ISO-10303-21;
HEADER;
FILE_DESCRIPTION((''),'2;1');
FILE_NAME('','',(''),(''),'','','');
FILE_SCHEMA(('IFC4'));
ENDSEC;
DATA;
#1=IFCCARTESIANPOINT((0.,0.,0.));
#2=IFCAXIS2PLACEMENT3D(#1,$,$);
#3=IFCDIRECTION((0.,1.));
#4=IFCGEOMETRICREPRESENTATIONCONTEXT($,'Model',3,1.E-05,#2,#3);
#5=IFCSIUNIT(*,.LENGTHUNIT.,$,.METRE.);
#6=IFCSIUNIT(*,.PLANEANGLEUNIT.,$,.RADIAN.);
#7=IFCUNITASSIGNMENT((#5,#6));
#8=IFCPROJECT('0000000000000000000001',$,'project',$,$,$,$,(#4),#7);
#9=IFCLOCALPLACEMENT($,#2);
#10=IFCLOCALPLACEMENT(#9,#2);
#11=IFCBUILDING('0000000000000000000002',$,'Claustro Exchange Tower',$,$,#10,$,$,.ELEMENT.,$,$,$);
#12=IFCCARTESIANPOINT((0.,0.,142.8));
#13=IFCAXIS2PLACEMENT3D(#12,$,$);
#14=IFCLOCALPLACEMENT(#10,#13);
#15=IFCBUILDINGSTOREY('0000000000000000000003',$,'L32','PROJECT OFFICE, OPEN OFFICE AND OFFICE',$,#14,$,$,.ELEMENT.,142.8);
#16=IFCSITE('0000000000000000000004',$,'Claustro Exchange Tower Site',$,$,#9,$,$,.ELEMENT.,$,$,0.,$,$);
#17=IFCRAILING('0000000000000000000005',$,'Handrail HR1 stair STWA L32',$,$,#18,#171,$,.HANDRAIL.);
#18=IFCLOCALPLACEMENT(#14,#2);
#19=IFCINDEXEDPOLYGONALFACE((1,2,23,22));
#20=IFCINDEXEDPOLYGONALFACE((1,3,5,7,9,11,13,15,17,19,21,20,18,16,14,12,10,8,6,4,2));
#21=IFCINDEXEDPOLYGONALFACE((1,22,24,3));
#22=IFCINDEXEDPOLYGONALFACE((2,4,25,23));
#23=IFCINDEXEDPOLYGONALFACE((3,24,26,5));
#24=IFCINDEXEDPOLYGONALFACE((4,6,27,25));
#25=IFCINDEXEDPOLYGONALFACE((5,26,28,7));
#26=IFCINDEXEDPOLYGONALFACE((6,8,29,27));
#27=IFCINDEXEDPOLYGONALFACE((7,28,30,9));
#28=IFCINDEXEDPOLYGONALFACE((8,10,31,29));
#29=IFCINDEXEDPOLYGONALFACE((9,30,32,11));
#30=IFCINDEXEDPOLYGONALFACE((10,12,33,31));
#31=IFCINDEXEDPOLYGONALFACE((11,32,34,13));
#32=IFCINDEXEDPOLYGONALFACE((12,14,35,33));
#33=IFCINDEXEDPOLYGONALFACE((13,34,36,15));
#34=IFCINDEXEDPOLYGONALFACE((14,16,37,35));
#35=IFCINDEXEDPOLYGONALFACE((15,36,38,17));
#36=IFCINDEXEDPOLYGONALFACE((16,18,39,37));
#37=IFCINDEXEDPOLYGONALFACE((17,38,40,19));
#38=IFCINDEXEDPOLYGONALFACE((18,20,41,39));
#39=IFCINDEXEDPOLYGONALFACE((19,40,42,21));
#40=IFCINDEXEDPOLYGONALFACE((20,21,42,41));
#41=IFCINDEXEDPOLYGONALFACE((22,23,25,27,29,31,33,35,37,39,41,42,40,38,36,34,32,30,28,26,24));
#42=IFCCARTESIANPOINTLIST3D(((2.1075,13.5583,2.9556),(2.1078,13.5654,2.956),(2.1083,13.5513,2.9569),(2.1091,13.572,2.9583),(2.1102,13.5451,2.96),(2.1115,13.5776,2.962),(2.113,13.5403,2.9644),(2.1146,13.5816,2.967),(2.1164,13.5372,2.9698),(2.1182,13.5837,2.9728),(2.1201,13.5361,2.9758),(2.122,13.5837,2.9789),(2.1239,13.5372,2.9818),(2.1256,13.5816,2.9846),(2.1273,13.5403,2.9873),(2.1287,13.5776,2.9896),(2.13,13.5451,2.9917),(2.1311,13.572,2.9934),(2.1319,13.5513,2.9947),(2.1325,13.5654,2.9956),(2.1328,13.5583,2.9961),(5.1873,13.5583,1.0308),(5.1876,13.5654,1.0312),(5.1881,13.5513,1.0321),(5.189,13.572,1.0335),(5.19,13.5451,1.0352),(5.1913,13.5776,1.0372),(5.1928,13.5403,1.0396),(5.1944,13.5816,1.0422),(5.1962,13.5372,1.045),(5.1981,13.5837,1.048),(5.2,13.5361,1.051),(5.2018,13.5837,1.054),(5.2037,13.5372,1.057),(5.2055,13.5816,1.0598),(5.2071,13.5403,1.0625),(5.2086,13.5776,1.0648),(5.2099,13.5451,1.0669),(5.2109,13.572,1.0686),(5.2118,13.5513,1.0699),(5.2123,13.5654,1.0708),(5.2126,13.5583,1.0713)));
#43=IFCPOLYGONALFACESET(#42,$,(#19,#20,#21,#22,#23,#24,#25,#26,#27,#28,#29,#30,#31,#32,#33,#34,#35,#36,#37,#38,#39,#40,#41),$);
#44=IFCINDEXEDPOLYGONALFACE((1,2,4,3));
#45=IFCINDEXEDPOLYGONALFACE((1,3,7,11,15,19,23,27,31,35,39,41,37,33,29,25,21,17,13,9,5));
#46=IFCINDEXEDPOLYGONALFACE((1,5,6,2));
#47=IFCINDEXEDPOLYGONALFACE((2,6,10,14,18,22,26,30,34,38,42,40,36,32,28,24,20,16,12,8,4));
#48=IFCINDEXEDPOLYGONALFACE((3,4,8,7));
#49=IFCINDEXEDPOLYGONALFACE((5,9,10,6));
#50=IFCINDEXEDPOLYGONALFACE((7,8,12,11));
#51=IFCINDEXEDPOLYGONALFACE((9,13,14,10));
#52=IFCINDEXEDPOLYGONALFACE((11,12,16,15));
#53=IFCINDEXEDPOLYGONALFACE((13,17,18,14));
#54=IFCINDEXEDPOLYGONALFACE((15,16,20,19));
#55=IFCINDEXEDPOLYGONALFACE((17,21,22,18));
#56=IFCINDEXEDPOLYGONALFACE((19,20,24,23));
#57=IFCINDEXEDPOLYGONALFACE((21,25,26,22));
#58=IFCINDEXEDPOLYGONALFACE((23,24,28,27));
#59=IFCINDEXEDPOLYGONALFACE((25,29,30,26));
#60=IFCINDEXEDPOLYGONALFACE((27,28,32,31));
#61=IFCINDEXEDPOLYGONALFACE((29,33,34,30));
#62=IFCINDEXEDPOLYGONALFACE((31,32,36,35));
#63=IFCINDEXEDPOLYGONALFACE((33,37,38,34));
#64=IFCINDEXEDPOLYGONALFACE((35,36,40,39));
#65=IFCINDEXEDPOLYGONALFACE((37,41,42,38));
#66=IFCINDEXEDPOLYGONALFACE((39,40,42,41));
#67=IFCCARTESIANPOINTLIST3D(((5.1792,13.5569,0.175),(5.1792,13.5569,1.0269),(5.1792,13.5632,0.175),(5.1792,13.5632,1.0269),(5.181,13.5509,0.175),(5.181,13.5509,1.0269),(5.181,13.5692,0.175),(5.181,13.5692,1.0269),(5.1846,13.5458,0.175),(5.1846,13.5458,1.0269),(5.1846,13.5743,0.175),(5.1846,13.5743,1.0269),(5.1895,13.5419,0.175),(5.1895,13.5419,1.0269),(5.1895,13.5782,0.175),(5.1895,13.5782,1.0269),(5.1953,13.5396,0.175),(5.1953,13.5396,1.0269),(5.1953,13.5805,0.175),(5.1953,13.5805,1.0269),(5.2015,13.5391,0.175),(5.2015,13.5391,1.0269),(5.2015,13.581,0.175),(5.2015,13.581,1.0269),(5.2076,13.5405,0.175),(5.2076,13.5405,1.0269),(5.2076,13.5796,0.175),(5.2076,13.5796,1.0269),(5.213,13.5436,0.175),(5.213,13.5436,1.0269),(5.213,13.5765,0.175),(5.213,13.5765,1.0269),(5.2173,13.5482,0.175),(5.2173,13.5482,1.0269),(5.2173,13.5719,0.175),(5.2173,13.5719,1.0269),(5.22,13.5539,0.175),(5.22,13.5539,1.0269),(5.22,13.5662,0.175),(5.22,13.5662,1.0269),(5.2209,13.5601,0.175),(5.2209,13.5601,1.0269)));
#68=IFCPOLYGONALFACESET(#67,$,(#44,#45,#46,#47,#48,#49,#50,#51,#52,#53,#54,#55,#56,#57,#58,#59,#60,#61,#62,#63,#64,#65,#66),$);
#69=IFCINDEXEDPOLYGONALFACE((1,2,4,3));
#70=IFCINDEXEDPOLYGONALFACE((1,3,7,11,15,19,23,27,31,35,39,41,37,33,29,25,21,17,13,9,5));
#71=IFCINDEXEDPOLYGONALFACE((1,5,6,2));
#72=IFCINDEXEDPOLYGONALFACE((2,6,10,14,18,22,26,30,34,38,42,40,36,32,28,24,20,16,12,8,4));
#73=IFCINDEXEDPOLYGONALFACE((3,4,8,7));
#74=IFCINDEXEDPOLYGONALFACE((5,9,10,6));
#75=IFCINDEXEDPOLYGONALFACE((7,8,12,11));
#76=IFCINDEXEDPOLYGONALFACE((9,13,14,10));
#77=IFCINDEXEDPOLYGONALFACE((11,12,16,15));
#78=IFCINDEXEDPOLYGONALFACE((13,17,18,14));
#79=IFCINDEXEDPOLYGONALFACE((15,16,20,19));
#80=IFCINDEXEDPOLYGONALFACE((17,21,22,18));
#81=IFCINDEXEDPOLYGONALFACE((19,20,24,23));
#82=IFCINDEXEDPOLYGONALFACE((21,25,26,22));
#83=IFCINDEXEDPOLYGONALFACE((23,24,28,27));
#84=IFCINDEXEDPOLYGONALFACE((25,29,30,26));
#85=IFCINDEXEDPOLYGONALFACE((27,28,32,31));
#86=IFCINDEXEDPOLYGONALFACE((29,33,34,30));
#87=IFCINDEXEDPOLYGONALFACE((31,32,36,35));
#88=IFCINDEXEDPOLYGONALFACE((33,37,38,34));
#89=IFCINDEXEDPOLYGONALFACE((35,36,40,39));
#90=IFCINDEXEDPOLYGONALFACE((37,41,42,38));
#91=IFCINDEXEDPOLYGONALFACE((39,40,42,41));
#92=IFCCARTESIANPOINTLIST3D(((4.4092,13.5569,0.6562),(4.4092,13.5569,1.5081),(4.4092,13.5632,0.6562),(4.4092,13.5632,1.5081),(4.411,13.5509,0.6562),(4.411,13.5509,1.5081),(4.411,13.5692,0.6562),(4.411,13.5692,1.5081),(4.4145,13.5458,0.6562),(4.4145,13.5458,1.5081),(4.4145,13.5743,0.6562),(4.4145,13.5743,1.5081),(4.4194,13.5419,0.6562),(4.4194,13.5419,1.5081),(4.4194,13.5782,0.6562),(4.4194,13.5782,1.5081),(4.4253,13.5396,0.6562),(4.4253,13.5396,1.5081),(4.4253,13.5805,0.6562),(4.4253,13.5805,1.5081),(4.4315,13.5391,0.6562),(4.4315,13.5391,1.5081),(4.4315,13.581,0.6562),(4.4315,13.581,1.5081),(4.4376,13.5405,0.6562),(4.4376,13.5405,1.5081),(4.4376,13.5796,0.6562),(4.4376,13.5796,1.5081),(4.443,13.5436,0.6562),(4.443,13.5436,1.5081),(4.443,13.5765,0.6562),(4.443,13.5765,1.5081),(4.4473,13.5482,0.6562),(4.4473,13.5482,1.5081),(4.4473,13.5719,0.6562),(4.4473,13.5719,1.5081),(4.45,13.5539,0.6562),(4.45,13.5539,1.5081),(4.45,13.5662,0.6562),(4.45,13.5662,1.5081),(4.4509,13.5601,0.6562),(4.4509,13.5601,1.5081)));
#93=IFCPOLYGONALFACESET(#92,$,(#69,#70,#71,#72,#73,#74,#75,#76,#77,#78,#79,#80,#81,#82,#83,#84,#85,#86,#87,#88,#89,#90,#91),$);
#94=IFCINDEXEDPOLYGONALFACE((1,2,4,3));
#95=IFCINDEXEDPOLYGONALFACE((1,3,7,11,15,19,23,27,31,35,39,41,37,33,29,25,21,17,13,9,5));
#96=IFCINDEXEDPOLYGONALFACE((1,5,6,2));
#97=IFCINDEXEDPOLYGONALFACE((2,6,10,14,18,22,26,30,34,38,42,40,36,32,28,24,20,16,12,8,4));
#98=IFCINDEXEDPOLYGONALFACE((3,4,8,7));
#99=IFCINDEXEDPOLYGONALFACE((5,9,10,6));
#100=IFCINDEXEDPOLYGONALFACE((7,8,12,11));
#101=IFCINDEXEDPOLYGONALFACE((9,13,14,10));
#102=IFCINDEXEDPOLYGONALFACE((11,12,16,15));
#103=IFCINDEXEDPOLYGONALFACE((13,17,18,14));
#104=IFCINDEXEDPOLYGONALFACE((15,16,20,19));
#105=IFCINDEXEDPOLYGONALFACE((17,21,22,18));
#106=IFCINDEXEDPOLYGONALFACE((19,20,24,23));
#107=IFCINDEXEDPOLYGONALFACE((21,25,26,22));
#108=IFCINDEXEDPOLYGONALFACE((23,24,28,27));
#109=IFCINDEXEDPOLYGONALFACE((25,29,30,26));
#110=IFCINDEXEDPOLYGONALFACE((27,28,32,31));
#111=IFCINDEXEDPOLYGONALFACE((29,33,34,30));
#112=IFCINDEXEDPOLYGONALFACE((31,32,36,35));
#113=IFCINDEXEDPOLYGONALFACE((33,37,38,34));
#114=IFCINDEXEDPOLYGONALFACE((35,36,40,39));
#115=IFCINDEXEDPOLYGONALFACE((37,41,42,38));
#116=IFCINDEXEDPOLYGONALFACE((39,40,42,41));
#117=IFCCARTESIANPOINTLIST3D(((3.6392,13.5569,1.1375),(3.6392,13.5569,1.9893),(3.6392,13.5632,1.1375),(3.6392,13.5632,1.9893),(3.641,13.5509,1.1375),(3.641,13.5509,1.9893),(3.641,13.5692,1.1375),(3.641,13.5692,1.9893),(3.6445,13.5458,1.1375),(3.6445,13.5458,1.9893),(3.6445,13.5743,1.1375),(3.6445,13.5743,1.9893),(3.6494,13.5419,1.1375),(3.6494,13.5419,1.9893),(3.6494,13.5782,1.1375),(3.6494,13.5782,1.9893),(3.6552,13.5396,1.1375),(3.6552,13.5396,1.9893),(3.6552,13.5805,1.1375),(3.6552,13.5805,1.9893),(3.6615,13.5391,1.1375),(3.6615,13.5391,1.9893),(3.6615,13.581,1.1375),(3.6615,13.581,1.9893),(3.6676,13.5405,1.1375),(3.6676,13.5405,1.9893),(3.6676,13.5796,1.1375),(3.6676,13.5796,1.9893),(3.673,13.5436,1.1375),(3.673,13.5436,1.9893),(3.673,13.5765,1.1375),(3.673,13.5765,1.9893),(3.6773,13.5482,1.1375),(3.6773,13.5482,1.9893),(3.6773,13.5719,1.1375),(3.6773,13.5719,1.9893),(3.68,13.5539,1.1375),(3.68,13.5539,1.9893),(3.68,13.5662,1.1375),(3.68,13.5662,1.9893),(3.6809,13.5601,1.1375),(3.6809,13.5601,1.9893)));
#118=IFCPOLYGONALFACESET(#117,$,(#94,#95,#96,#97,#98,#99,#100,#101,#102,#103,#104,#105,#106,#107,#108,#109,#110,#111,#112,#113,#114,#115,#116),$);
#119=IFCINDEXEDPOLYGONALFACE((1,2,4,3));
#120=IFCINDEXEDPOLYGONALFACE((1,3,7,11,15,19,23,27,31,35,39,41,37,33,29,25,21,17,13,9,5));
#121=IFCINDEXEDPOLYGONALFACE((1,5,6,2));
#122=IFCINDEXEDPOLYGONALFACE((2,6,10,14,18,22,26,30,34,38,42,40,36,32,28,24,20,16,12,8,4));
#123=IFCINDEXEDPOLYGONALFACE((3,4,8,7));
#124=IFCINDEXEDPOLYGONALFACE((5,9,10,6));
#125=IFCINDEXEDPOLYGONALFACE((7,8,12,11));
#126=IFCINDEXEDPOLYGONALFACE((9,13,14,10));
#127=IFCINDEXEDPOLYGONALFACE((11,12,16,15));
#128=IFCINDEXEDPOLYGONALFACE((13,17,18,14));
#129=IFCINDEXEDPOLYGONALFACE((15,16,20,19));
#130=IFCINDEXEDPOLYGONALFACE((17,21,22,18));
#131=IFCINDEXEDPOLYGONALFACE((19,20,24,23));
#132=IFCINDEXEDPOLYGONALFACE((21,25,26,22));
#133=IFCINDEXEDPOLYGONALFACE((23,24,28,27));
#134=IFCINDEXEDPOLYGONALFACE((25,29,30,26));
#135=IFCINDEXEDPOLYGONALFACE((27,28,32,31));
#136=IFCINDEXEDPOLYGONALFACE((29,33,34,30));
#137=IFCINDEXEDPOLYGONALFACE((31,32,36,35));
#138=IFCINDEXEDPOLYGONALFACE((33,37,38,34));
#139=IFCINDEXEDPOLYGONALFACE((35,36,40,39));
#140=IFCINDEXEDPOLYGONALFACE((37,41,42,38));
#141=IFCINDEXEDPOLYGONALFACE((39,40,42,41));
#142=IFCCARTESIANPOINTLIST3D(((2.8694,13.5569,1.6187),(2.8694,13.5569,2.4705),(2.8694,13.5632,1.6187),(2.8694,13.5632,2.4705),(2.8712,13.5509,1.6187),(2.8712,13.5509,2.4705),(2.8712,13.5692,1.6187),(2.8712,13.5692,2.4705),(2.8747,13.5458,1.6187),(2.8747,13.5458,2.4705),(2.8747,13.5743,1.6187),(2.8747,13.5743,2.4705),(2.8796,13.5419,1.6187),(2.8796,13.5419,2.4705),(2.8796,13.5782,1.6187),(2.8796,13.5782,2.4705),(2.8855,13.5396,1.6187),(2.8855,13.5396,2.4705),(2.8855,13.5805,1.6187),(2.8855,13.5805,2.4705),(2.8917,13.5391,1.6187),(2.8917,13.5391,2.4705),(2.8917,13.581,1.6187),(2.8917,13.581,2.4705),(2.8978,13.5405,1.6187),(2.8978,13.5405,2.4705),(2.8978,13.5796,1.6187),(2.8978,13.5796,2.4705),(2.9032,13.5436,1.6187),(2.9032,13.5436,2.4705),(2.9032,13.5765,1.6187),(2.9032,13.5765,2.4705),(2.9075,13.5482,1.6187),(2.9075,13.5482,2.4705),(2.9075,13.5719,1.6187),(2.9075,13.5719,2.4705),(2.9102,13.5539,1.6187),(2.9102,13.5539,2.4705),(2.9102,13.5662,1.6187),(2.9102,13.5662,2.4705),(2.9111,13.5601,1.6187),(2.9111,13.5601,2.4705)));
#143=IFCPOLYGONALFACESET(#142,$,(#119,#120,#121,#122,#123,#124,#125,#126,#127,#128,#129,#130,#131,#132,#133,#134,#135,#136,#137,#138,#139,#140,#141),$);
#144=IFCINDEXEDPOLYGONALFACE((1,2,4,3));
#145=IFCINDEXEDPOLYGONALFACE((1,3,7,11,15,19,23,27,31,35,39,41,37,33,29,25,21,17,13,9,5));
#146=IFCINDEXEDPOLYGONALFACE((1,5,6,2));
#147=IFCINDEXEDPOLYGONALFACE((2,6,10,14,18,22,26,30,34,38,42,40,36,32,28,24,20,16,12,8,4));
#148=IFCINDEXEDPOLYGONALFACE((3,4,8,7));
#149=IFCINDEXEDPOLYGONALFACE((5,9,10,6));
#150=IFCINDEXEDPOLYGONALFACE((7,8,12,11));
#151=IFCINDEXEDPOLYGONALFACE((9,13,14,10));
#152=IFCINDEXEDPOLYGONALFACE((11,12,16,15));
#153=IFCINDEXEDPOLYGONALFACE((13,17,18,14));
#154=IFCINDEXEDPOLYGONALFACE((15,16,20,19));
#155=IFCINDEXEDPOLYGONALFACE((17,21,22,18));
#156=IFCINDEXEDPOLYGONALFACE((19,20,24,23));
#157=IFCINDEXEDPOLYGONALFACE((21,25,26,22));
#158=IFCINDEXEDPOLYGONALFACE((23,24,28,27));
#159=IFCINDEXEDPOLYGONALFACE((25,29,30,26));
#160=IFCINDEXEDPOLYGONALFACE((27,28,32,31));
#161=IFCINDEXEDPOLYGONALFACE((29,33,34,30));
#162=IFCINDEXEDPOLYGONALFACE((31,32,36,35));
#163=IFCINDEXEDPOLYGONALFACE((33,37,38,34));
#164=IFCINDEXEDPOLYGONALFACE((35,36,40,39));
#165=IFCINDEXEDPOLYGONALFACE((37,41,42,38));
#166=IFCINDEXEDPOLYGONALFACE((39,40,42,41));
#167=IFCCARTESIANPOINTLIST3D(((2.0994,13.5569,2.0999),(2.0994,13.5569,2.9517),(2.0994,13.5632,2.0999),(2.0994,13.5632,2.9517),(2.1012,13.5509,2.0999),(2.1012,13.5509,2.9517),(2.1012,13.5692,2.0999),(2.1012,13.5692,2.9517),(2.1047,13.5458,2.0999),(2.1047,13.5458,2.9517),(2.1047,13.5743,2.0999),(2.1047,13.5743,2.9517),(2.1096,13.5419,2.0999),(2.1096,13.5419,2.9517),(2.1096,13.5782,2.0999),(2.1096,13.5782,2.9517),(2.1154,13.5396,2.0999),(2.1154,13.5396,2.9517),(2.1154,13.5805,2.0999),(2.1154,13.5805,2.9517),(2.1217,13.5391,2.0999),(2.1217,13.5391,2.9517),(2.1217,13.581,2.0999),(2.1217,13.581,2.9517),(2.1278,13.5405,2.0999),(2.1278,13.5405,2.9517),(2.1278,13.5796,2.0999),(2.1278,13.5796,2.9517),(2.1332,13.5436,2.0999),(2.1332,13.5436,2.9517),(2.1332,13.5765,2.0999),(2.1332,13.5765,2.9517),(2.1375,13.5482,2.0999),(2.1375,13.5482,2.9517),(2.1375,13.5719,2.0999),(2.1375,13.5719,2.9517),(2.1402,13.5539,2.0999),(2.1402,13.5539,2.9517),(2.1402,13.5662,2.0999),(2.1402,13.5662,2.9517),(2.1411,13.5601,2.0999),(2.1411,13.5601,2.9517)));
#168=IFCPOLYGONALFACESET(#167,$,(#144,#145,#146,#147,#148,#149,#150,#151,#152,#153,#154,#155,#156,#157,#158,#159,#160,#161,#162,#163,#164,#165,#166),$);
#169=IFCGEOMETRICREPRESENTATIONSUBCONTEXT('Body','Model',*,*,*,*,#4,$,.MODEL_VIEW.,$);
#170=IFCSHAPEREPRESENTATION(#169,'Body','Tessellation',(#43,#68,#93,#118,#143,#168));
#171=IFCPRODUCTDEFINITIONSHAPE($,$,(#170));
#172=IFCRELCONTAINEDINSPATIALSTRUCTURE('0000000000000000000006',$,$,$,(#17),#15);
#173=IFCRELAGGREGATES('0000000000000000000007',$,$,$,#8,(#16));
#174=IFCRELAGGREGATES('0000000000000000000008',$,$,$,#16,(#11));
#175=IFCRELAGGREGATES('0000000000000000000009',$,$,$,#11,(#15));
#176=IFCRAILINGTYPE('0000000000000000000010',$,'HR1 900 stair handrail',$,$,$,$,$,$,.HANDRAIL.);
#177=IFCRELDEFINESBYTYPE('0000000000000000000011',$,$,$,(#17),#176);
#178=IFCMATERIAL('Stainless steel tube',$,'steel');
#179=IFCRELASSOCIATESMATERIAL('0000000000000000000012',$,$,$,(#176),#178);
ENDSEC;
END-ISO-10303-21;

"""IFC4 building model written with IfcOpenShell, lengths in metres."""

from ifc_helpers import new_model, si_unit, direction, frame, origin, origin_2d, place, context, subcontext, project, spatial, circle, extrude, material, type_object, element, save


model = new_model("IFC4")

# Units and contexts
model_context = context("Model", 3, precision=1e-05, world=origin(), true_north=direction((0.0, 1.0)))
body_context = subcontext(model_context, "Body", "Model", "MODEL_VIEW")
ifc_project = project(units=[si_unit("LENGTHUNIT", "METRE"), si_unit("PLANEANGLEUNIT", "RADIAN")], contexts=[model_context])

# Site, building, storey
site_placement = place(None, origin())
site = spatial("IfcSite", under=ifc_project, at=site_placement, Name="Claustro Exchange Tower Site", CompositionType="ELEMENT", RefElevation=0.0)
building_placement = place(site_placement, origin())
building = spatial("IfcBuilding", under=site, at=building_placement, Name="Claustro Exchange Tower", CompositionType="ELEMENT")
storey_placement = place(building_placement, frame((0.0, 0.0, 142.8)))
storey = spatial("IfcBuildingStorey", under=building, at=storey_placement, Name="L32", Description="PROJECT OFFICE, OPEN OFFICE AND OFFICE", CompositionType="ELEMENT", Elevation=142.8)

# Railing
ifc_material_1 = material(Name="Stainless steel tube", Category="steel")
railing_type_1 = type_object("IfcRailingType", Name="HR1 900 stair handrail", PredefinedType="HANDRAIL", material=ifc_material_1)
railing_1_placement = place(storey_placement, frame((5.2, 13.5601, 0.175)))
element("IfcRailing", 1, at=railing_1_placement, inside=storey, type_object=railing_type_1, Name="Handrail HR1 stair STWA L32", PredefinedType="HANDRAIL", context=body_context, shape_type="SweptSolid", body=[
    extrude(circle(Radius=0.0239, at=origin_2d()), frame((0.0, 0.0, 0.876), z_axis=(-0.84801, 0.0, 0.529981), x_axis=(0.0, -1.0, 0.0)), (0.0, 0.0, 1.0), 3.6318),
    extrude(circle(Radius=0.021, at=origin_2d()), origin(), (0.0, 0.0, 1.0), 0.8518),
    extrude(circle(Radius=0.021, at=origin_2d()), frame((-0.77, 0.0, 0.4812)), (0.0, 0.0, 1.0), 0.8518),
    extrude(circle(Radius=0.021, at=origin_2d()), frame((-1.54, 0.0, 0.9624)), (0.0, 0.0, 1.0), 0.8518),
    extrude(circle(Radius=0.021, at=origin_2d()), frame((-2.3098, 0.0, 1.4436)), (0.0, 0.0, 1.0), 0.8518),
    extrude(circle(Radius=0.021, at=origin_2d()), frame((-3.0798, 0.0, 1.9248)), (0.0, 0.0, 1.0), 0.8518),
])

save(model, "model.ifc")
